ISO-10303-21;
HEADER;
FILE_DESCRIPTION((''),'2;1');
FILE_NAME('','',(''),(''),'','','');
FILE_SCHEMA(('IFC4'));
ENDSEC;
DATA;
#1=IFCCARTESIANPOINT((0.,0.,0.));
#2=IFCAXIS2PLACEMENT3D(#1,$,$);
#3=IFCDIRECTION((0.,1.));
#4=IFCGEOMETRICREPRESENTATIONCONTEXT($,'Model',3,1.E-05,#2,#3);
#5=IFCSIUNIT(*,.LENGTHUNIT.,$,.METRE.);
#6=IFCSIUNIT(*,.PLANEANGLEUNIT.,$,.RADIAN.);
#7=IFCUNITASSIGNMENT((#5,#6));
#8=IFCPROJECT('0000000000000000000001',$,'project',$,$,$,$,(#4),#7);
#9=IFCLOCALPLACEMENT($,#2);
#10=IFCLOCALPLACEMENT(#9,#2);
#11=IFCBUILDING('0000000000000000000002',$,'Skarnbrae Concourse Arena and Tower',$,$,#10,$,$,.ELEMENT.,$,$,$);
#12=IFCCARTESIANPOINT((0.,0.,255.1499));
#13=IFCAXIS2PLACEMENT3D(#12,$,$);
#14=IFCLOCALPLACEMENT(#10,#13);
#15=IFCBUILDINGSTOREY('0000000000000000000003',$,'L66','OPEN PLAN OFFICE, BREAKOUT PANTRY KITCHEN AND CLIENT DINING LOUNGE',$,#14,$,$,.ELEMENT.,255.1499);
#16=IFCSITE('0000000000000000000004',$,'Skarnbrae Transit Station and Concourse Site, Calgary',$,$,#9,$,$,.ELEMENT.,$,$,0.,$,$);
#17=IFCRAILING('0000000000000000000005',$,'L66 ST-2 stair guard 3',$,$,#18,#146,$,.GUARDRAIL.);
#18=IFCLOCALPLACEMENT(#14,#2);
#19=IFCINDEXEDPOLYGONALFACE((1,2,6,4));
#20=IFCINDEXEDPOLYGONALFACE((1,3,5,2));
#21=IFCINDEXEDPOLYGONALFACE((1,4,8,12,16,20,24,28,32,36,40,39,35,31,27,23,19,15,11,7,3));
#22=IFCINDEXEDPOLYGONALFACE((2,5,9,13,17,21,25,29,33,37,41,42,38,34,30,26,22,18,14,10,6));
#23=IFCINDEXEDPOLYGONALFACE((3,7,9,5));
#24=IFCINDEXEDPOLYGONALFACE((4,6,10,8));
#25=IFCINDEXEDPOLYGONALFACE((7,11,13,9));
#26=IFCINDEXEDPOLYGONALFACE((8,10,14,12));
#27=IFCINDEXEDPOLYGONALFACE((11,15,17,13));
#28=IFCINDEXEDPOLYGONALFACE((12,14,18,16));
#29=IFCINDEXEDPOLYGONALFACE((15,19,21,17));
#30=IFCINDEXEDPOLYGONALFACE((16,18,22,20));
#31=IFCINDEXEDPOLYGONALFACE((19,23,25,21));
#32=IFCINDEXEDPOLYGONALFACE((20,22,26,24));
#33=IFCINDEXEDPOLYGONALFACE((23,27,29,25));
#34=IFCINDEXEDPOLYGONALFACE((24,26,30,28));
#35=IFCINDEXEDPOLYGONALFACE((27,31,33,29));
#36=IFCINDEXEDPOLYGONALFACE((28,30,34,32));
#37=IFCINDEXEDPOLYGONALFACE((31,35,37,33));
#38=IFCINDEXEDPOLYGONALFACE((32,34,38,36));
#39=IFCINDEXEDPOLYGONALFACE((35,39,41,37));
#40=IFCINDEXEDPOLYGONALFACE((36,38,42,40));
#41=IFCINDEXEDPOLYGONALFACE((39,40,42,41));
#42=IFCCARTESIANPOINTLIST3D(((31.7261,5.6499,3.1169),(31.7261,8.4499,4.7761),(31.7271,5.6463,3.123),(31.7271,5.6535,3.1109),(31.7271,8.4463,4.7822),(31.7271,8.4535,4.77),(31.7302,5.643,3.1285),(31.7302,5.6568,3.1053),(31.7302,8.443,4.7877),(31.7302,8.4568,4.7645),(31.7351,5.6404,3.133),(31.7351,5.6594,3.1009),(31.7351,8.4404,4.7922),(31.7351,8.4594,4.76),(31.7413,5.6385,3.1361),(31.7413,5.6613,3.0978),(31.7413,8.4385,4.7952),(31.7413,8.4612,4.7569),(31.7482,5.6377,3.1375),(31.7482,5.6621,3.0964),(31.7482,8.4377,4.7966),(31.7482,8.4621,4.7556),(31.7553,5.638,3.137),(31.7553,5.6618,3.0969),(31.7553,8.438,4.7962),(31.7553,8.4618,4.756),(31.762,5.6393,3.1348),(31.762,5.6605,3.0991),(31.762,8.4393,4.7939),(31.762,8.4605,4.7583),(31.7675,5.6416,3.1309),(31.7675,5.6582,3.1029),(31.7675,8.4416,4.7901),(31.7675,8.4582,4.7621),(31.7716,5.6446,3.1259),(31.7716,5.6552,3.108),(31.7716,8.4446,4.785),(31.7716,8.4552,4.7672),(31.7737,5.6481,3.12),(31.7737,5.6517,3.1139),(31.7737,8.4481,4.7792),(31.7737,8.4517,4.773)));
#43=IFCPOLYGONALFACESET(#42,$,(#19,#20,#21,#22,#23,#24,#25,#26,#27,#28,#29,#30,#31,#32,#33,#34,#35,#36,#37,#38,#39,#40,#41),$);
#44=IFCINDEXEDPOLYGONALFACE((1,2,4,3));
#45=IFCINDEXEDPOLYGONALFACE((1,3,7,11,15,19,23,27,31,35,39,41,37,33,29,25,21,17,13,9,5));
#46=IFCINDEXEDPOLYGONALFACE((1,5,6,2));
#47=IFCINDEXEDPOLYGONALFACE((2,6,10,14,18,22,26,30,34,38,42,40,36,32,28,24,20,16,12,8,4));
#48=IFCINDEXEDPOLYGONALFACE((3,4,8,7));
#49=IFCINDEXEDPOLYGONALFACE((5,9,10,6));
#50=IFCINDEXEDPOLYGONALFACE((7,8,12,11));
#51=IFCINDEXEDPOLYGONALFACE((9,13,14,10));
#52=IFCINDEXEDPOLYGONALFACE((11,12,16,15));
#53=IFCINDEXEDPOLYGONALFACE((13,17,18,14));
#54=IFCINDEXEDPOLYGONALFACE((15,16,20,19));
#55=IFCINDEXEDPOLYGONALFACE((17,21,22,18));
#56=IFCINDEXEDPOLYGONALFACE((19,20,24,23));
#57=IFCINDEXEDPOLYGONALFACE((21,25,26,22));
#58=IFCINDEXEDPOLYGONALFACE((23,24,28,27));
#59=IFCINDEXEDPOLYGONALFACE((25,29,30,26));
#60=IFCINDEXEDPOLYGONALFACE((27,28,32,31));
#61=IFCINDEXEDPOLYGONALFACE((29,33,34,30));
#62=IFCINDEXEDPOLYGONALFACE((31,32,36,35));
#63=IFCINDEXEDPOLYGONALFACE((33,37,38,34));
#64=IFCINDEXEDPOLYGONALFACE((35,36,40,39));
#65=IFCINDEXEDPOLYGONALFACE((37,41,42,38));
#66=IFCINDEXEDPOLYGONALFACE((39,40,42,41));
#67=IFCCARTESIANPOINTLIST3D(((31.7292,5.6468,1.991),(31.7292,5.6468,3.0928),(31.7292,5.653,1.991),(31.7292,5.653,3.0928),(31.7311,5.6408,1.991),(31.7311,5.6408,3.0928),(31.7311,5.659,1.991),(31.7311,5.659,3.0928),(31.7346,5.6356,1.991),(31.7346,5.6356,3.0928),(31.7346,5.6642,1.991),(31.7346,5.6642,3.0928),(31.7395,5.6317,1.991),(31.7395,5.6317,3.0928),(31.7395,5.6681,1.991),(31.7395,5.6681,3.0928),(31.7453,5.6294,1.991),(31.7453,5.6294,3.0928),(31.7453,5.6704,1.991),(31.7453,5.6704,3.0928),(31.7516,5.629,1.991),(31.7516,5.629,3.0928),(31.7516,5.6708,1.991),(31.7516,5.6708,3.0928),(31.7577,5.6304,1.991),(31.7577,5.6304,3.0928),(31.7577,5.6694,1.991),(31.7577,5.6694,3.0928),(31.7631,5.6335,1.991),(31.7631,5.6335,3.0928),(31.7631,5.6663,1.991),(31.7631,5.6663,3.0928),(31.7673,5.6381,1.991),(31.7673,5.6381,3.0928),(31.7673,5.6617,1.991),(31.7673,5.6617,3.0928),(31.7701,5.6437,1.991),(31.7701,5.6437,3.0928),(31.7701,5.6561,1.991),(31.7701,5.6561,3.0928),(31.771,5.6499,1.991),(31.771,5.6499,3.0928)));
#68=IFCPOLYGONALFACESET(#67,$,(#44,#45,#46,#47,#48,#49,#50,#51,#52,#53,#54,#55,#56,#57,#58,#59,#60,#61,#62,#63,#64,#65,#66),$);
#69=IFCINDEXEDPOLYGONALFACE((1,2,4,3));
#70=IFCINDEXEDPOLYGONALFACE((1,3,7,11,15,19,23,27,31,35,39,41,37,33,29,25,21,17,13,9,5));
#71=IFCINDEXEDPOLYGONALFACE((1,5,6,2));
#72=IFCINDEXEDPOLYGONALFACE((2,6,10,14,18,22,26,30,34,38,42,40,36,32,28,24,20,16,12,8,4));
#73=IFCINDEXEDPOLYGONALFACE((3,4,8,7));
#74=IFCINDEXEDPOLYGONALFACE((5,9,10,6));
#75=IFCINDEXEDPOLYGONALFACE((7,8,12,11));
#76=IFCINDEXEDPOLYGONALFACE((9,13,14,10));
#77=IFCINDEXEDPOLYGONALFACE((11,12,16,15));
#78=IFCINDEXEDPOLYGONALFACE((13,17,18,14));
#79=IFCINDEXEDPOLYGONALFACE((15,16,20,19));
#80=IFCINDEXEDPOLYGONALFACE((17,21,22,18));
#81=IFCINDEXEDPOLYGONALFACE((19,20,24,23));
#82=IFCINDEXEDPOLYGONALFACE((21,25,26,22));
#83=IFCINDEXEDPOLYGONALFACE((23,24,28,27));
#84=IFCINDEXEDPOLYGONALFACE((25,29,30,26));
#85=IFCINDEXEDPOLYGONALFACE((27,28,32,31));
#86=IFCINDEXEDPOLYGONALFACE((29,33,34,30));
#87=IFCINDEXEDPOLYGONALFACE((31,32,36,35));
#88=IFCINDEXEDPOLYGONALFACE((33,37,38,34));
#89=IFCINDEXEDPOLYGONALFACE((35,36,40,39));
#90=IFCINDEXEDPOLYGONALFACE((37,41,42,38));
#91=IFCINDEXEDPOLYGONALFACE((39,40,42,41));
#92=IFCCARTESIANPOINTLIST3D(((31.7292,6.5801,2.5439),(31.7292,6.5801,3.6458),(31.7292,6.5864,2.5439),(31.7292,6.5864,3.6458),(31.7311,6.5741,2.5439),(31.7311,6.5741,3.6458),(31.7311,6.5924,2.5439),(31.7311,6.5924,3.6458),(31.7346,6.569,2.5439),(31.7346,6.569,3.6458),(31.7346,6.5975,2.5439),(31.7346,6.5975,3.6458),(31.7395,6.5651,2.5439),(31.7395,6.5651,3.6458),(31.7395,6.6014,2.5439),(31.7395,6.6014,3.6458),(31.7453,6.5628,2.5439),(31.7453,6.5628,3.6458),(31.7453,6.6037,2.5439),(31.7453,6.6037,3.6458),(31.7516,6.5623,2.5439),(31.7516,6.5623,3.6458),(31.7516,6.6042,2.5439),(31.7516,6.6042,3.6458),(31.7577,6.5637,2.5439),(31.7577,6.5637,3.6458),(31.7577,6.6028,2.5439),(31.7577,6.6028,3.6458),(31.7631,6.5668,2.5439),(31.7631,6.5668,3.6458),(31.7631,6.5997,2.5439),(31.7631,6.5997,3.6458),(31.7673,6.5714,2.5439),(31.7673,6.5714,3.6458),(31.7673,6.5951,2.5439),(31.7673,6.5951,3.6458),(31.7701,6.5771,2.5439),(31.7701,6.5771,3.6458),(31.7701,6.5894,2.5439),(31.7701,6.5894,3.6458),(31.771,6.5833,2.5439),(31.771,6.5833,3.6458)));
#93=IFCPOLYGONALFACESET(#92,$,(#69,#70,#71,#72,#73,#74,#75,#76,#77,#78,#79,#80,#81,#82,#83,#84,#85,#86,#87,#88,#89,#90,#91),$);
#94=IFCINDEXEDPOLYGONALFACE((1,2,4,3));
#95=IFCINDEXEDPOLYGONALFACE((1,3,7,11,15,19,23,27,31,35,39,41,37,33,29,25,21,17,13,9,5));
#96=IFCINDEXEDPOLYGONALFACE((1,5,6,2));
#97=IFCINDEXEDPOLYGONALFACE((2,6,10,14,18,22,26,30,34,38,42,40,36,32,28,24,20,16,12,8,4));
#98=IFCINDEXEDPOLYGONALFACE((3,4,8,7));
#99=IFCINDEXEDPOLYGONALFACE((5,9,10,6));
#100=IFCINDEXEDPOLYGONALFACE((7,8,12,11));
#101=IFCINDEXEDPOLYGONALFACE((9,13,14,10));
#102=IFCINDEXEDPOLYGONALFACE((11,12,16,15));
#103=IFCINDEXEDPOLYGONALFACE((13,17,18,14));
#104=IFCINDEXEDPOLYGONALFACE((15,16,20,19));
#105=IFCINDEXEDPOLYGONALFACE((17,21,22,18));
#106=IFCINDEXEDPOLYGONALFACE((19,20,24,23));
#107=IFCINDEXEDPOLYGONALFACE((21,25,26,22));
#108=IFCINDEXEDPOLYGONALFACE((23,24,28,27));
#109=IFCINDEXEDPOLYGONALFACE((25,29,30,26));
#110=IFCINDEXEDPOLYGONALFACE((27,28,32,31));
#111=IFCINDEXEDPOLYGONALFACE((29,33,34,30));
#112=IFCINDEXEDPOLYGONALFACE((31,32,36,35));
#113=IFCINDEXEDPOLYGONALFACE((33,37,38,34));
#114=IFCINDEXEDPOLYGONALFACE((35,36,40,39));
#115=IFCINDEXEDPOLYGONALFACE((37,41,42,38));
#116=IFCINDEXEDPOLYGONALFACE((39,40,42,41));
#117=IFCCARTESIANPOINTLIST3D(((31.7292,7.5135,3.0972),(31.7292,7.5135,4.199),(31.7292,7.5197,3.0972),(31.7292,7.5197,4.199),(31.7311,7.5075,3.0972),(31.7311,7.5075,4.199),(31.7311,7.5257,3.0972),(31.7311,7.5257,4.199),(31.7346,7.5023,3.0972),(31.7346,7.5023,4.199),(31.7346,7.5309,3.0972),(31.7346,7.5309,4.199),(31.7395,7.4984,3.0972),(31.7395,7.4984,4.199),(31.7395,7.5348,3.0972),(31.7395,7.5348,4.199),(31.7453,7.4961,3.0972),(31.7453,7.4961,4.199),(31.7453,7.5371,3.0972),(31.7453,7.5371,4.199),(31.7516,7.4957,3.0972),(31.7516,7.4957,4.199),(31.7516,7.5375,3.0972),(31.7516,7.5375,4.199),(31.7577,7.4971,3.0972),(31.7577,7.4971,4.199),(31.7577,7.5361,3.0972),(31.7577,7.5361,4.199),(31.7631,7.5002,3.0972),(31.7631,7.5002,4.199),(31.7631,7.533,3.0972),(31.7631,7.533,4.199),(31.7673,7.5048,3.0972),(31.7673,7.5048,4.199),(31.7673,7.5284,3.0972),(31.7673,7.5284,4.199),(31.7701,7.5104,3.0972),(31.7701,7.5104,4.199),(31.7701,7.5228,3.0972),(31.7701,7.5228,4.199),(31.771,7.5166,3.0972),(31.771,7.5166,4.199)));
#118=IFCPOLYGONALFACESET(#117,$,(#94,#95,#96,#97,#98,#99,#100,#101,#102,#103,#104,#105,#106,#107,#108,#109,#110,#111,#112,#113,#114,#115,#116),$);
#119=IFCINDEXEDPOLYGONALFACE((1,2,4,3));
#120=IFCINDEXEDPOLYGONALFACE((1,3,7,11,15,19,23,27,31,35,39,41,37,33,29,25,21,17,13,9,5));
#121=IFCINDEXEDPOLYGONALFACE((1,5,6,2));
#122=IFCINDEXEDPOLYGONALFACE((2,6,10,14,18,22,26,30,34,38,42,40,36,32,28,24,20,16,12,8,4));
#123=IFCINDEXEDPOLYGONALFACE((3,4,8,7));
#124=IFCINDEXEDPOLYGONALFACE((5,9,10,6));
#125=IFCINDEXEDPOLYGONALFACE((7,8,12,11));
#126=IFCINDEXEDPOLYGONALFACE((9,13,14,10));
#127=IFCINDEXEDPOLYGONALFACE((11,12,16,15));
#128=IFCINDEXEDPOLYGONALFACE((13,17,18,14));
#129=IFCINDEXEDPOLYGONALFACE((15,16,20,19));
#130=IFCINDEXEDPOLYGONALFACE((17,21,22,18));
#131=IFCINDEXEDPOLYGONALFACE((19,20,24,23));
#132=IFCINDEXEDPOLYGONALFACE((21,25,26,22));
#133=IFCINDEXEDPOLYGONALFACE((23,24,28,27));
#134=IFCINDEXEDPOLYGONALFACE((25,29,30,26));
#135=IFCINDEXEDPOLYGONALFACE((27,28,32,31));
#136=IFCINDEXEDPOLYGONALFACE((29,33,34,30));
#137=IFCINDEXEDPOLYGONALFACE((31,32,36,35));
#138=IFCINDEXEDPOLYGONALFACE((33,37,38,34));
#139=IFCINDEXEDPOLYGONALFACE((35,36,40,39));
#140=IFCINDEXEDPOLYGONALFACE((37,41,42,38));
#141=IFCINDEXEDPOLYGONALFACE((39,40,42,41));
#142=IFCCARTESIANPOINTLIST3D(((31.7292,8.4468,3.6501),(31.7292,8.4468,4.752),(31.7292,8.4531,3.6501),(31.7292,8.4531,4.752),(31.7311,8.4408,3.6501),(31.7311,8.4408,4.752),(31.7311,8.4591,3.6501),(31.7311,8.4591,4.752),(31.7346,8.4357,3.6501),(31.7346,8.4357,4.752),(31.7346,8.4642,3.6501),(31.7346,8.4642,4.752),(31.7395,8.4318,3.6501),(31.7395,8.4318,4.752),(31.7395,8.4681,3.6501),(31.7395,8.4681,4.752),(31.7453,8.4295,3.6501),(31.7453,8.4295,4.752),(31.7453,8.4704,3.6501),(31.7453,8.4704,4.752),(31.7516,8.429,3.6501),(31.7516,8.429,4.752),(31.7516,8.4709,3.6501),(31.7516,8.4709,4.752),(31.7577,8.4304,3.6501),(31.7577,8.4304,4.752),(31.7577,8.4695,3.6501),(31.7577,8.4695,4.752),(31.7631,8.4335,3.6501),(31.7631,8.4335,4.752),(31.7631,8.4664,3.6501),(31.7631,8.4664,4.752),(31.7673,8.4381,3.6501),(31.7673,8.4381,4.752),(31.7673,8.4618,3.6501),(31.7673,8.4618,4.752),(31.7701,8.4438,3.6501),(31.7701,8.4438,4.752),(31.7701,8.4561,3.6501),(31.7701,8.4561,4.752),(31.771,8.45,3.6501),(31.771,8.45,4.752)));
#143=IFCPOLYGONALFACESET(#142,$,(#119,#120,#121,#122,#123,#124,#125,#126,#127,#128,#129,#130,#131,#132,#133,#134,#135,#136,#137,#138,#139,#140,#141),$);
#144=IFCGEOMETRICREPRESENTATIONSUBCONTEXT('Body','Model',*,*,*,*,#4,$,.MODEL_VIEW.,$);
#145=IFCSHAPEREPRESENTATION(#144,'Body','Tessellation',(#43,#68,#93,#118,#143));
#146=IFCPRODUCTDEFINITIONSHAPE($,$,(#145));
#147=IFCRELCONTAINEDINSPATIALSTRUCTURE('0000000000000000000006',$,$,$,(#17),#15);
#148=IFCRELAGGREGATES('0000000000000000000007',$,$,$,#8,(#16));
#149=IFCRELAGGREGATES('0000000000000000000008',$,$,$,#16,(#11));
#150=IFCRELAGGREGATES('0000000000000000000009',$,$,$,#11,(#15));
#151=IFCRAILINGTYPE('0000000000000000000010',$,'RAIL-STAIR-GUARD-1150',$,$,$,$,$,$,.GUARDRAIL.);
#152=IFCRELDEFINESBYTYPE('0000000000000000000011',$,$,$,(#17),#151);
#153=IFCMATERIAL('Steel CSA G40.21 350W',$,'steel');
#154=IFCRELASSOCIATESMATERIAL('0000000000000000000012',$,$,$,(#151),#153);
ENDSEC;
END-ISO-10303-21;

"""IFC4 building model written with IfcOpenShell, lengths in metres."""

from ifc_helpers import new_model, si_unit, direction, frame, origin, origin_2d, place, context, subcontext, project, spatial, circle, extrude, material, type_object, element, save


model = new_model("IFC4")

# Units and contexts
model_context = context("Model", 3, precision=1e-05, world=origin(), true_north=direction((0.0, 1.0)))
body_context = subcontext(model_context, "Body", "Model", "MODEL_VIEW")
ifc_project = project(units=[si_unit("LENGTHUNIT", "METRE"), si_unit("PLANEANGLEUNIT", "RADIAN")], contexts=[model_context])

# Site, building, storey
site_placement = place(None, origin())
site = spatial("IfcSite", under=ifc_project, at=site_placement, Name="Skarnbrae Transit Station and Concourse Site, Calgary", CompositionType="ELEMENT", RefElevation=0.0)
building_placement = place(site_placement, origin())
building = spatial("IfcBuilding", under=site, at=building_placement, Name="Skarnbrae Concourse Arena and Tower", CompositionType="ELEMENT")
storey_placement = place(building_placement, frame((0.0, 0.0, 255.1499)))
storey = spatial("IfcBuildingStorey", under=building, at=storey_placement, Name="L66", Description="OPEN PLAN OFFICE, BREAKOUT PANTRY KITCHEN AND CLIENT DINING LOUNGE", CompositionType="ELEMENT", Elevation=255.1499)

# Shared definitions
ifc_material_1 = material(Name="Steel CSA G40.21 350W", Category="steel")

# Railing
railing_type_1 = type_object("IfcRailingType", Name="RAIL-STAIR-GUARD-1150", PredefinedType="GUARDRAIL", material=ifc_material_1)
railing_1_placement = place(storey_placement, frame((31.75, 5.6499, 1.991)))
element("IfcRailing", 1, at=railing_1_placement, inside=storey, type_object=railing_type_1, Name="L66 ST-2 stair guard 3", PredefinedType="GUARDRAIL", context=body_context, shape_type="SweptSolid", body=[
    extrude(circle(Radius=0.0239, at=origin_2d()), frame((0.0, 0.0, 1.126), z_axis=(0.0, 0.860306, 0.509778), x_axis=(-1.0, 0.0, 0.0)), (0.0, 0.0, 1.0), 3.2546),
    extrude(circle(Radius=0.021, at=origin_2d()), origin(), (0.0, 0.0, 1.0), 1.1018),
    extrude(circle(Radius=0.021, at=origin_2d()), frame((0.0, 0.9333, 0.553)), (0.0, 0.0, 1.0), 1.1018),
    extrude(circle(Radius=0.021, at=origin_2d()), frame((0.0, 1.8667, 1.1062)), (0.0, 0.0, 1.0), 1.1018),
    extrude(circle(Radius=0.021, at=origin_2d()), frame((0.0, 2.8, 1.6592)), (0.0, 0.0, 1.0), 1.1018),
])

save(model, "model.ifc")
